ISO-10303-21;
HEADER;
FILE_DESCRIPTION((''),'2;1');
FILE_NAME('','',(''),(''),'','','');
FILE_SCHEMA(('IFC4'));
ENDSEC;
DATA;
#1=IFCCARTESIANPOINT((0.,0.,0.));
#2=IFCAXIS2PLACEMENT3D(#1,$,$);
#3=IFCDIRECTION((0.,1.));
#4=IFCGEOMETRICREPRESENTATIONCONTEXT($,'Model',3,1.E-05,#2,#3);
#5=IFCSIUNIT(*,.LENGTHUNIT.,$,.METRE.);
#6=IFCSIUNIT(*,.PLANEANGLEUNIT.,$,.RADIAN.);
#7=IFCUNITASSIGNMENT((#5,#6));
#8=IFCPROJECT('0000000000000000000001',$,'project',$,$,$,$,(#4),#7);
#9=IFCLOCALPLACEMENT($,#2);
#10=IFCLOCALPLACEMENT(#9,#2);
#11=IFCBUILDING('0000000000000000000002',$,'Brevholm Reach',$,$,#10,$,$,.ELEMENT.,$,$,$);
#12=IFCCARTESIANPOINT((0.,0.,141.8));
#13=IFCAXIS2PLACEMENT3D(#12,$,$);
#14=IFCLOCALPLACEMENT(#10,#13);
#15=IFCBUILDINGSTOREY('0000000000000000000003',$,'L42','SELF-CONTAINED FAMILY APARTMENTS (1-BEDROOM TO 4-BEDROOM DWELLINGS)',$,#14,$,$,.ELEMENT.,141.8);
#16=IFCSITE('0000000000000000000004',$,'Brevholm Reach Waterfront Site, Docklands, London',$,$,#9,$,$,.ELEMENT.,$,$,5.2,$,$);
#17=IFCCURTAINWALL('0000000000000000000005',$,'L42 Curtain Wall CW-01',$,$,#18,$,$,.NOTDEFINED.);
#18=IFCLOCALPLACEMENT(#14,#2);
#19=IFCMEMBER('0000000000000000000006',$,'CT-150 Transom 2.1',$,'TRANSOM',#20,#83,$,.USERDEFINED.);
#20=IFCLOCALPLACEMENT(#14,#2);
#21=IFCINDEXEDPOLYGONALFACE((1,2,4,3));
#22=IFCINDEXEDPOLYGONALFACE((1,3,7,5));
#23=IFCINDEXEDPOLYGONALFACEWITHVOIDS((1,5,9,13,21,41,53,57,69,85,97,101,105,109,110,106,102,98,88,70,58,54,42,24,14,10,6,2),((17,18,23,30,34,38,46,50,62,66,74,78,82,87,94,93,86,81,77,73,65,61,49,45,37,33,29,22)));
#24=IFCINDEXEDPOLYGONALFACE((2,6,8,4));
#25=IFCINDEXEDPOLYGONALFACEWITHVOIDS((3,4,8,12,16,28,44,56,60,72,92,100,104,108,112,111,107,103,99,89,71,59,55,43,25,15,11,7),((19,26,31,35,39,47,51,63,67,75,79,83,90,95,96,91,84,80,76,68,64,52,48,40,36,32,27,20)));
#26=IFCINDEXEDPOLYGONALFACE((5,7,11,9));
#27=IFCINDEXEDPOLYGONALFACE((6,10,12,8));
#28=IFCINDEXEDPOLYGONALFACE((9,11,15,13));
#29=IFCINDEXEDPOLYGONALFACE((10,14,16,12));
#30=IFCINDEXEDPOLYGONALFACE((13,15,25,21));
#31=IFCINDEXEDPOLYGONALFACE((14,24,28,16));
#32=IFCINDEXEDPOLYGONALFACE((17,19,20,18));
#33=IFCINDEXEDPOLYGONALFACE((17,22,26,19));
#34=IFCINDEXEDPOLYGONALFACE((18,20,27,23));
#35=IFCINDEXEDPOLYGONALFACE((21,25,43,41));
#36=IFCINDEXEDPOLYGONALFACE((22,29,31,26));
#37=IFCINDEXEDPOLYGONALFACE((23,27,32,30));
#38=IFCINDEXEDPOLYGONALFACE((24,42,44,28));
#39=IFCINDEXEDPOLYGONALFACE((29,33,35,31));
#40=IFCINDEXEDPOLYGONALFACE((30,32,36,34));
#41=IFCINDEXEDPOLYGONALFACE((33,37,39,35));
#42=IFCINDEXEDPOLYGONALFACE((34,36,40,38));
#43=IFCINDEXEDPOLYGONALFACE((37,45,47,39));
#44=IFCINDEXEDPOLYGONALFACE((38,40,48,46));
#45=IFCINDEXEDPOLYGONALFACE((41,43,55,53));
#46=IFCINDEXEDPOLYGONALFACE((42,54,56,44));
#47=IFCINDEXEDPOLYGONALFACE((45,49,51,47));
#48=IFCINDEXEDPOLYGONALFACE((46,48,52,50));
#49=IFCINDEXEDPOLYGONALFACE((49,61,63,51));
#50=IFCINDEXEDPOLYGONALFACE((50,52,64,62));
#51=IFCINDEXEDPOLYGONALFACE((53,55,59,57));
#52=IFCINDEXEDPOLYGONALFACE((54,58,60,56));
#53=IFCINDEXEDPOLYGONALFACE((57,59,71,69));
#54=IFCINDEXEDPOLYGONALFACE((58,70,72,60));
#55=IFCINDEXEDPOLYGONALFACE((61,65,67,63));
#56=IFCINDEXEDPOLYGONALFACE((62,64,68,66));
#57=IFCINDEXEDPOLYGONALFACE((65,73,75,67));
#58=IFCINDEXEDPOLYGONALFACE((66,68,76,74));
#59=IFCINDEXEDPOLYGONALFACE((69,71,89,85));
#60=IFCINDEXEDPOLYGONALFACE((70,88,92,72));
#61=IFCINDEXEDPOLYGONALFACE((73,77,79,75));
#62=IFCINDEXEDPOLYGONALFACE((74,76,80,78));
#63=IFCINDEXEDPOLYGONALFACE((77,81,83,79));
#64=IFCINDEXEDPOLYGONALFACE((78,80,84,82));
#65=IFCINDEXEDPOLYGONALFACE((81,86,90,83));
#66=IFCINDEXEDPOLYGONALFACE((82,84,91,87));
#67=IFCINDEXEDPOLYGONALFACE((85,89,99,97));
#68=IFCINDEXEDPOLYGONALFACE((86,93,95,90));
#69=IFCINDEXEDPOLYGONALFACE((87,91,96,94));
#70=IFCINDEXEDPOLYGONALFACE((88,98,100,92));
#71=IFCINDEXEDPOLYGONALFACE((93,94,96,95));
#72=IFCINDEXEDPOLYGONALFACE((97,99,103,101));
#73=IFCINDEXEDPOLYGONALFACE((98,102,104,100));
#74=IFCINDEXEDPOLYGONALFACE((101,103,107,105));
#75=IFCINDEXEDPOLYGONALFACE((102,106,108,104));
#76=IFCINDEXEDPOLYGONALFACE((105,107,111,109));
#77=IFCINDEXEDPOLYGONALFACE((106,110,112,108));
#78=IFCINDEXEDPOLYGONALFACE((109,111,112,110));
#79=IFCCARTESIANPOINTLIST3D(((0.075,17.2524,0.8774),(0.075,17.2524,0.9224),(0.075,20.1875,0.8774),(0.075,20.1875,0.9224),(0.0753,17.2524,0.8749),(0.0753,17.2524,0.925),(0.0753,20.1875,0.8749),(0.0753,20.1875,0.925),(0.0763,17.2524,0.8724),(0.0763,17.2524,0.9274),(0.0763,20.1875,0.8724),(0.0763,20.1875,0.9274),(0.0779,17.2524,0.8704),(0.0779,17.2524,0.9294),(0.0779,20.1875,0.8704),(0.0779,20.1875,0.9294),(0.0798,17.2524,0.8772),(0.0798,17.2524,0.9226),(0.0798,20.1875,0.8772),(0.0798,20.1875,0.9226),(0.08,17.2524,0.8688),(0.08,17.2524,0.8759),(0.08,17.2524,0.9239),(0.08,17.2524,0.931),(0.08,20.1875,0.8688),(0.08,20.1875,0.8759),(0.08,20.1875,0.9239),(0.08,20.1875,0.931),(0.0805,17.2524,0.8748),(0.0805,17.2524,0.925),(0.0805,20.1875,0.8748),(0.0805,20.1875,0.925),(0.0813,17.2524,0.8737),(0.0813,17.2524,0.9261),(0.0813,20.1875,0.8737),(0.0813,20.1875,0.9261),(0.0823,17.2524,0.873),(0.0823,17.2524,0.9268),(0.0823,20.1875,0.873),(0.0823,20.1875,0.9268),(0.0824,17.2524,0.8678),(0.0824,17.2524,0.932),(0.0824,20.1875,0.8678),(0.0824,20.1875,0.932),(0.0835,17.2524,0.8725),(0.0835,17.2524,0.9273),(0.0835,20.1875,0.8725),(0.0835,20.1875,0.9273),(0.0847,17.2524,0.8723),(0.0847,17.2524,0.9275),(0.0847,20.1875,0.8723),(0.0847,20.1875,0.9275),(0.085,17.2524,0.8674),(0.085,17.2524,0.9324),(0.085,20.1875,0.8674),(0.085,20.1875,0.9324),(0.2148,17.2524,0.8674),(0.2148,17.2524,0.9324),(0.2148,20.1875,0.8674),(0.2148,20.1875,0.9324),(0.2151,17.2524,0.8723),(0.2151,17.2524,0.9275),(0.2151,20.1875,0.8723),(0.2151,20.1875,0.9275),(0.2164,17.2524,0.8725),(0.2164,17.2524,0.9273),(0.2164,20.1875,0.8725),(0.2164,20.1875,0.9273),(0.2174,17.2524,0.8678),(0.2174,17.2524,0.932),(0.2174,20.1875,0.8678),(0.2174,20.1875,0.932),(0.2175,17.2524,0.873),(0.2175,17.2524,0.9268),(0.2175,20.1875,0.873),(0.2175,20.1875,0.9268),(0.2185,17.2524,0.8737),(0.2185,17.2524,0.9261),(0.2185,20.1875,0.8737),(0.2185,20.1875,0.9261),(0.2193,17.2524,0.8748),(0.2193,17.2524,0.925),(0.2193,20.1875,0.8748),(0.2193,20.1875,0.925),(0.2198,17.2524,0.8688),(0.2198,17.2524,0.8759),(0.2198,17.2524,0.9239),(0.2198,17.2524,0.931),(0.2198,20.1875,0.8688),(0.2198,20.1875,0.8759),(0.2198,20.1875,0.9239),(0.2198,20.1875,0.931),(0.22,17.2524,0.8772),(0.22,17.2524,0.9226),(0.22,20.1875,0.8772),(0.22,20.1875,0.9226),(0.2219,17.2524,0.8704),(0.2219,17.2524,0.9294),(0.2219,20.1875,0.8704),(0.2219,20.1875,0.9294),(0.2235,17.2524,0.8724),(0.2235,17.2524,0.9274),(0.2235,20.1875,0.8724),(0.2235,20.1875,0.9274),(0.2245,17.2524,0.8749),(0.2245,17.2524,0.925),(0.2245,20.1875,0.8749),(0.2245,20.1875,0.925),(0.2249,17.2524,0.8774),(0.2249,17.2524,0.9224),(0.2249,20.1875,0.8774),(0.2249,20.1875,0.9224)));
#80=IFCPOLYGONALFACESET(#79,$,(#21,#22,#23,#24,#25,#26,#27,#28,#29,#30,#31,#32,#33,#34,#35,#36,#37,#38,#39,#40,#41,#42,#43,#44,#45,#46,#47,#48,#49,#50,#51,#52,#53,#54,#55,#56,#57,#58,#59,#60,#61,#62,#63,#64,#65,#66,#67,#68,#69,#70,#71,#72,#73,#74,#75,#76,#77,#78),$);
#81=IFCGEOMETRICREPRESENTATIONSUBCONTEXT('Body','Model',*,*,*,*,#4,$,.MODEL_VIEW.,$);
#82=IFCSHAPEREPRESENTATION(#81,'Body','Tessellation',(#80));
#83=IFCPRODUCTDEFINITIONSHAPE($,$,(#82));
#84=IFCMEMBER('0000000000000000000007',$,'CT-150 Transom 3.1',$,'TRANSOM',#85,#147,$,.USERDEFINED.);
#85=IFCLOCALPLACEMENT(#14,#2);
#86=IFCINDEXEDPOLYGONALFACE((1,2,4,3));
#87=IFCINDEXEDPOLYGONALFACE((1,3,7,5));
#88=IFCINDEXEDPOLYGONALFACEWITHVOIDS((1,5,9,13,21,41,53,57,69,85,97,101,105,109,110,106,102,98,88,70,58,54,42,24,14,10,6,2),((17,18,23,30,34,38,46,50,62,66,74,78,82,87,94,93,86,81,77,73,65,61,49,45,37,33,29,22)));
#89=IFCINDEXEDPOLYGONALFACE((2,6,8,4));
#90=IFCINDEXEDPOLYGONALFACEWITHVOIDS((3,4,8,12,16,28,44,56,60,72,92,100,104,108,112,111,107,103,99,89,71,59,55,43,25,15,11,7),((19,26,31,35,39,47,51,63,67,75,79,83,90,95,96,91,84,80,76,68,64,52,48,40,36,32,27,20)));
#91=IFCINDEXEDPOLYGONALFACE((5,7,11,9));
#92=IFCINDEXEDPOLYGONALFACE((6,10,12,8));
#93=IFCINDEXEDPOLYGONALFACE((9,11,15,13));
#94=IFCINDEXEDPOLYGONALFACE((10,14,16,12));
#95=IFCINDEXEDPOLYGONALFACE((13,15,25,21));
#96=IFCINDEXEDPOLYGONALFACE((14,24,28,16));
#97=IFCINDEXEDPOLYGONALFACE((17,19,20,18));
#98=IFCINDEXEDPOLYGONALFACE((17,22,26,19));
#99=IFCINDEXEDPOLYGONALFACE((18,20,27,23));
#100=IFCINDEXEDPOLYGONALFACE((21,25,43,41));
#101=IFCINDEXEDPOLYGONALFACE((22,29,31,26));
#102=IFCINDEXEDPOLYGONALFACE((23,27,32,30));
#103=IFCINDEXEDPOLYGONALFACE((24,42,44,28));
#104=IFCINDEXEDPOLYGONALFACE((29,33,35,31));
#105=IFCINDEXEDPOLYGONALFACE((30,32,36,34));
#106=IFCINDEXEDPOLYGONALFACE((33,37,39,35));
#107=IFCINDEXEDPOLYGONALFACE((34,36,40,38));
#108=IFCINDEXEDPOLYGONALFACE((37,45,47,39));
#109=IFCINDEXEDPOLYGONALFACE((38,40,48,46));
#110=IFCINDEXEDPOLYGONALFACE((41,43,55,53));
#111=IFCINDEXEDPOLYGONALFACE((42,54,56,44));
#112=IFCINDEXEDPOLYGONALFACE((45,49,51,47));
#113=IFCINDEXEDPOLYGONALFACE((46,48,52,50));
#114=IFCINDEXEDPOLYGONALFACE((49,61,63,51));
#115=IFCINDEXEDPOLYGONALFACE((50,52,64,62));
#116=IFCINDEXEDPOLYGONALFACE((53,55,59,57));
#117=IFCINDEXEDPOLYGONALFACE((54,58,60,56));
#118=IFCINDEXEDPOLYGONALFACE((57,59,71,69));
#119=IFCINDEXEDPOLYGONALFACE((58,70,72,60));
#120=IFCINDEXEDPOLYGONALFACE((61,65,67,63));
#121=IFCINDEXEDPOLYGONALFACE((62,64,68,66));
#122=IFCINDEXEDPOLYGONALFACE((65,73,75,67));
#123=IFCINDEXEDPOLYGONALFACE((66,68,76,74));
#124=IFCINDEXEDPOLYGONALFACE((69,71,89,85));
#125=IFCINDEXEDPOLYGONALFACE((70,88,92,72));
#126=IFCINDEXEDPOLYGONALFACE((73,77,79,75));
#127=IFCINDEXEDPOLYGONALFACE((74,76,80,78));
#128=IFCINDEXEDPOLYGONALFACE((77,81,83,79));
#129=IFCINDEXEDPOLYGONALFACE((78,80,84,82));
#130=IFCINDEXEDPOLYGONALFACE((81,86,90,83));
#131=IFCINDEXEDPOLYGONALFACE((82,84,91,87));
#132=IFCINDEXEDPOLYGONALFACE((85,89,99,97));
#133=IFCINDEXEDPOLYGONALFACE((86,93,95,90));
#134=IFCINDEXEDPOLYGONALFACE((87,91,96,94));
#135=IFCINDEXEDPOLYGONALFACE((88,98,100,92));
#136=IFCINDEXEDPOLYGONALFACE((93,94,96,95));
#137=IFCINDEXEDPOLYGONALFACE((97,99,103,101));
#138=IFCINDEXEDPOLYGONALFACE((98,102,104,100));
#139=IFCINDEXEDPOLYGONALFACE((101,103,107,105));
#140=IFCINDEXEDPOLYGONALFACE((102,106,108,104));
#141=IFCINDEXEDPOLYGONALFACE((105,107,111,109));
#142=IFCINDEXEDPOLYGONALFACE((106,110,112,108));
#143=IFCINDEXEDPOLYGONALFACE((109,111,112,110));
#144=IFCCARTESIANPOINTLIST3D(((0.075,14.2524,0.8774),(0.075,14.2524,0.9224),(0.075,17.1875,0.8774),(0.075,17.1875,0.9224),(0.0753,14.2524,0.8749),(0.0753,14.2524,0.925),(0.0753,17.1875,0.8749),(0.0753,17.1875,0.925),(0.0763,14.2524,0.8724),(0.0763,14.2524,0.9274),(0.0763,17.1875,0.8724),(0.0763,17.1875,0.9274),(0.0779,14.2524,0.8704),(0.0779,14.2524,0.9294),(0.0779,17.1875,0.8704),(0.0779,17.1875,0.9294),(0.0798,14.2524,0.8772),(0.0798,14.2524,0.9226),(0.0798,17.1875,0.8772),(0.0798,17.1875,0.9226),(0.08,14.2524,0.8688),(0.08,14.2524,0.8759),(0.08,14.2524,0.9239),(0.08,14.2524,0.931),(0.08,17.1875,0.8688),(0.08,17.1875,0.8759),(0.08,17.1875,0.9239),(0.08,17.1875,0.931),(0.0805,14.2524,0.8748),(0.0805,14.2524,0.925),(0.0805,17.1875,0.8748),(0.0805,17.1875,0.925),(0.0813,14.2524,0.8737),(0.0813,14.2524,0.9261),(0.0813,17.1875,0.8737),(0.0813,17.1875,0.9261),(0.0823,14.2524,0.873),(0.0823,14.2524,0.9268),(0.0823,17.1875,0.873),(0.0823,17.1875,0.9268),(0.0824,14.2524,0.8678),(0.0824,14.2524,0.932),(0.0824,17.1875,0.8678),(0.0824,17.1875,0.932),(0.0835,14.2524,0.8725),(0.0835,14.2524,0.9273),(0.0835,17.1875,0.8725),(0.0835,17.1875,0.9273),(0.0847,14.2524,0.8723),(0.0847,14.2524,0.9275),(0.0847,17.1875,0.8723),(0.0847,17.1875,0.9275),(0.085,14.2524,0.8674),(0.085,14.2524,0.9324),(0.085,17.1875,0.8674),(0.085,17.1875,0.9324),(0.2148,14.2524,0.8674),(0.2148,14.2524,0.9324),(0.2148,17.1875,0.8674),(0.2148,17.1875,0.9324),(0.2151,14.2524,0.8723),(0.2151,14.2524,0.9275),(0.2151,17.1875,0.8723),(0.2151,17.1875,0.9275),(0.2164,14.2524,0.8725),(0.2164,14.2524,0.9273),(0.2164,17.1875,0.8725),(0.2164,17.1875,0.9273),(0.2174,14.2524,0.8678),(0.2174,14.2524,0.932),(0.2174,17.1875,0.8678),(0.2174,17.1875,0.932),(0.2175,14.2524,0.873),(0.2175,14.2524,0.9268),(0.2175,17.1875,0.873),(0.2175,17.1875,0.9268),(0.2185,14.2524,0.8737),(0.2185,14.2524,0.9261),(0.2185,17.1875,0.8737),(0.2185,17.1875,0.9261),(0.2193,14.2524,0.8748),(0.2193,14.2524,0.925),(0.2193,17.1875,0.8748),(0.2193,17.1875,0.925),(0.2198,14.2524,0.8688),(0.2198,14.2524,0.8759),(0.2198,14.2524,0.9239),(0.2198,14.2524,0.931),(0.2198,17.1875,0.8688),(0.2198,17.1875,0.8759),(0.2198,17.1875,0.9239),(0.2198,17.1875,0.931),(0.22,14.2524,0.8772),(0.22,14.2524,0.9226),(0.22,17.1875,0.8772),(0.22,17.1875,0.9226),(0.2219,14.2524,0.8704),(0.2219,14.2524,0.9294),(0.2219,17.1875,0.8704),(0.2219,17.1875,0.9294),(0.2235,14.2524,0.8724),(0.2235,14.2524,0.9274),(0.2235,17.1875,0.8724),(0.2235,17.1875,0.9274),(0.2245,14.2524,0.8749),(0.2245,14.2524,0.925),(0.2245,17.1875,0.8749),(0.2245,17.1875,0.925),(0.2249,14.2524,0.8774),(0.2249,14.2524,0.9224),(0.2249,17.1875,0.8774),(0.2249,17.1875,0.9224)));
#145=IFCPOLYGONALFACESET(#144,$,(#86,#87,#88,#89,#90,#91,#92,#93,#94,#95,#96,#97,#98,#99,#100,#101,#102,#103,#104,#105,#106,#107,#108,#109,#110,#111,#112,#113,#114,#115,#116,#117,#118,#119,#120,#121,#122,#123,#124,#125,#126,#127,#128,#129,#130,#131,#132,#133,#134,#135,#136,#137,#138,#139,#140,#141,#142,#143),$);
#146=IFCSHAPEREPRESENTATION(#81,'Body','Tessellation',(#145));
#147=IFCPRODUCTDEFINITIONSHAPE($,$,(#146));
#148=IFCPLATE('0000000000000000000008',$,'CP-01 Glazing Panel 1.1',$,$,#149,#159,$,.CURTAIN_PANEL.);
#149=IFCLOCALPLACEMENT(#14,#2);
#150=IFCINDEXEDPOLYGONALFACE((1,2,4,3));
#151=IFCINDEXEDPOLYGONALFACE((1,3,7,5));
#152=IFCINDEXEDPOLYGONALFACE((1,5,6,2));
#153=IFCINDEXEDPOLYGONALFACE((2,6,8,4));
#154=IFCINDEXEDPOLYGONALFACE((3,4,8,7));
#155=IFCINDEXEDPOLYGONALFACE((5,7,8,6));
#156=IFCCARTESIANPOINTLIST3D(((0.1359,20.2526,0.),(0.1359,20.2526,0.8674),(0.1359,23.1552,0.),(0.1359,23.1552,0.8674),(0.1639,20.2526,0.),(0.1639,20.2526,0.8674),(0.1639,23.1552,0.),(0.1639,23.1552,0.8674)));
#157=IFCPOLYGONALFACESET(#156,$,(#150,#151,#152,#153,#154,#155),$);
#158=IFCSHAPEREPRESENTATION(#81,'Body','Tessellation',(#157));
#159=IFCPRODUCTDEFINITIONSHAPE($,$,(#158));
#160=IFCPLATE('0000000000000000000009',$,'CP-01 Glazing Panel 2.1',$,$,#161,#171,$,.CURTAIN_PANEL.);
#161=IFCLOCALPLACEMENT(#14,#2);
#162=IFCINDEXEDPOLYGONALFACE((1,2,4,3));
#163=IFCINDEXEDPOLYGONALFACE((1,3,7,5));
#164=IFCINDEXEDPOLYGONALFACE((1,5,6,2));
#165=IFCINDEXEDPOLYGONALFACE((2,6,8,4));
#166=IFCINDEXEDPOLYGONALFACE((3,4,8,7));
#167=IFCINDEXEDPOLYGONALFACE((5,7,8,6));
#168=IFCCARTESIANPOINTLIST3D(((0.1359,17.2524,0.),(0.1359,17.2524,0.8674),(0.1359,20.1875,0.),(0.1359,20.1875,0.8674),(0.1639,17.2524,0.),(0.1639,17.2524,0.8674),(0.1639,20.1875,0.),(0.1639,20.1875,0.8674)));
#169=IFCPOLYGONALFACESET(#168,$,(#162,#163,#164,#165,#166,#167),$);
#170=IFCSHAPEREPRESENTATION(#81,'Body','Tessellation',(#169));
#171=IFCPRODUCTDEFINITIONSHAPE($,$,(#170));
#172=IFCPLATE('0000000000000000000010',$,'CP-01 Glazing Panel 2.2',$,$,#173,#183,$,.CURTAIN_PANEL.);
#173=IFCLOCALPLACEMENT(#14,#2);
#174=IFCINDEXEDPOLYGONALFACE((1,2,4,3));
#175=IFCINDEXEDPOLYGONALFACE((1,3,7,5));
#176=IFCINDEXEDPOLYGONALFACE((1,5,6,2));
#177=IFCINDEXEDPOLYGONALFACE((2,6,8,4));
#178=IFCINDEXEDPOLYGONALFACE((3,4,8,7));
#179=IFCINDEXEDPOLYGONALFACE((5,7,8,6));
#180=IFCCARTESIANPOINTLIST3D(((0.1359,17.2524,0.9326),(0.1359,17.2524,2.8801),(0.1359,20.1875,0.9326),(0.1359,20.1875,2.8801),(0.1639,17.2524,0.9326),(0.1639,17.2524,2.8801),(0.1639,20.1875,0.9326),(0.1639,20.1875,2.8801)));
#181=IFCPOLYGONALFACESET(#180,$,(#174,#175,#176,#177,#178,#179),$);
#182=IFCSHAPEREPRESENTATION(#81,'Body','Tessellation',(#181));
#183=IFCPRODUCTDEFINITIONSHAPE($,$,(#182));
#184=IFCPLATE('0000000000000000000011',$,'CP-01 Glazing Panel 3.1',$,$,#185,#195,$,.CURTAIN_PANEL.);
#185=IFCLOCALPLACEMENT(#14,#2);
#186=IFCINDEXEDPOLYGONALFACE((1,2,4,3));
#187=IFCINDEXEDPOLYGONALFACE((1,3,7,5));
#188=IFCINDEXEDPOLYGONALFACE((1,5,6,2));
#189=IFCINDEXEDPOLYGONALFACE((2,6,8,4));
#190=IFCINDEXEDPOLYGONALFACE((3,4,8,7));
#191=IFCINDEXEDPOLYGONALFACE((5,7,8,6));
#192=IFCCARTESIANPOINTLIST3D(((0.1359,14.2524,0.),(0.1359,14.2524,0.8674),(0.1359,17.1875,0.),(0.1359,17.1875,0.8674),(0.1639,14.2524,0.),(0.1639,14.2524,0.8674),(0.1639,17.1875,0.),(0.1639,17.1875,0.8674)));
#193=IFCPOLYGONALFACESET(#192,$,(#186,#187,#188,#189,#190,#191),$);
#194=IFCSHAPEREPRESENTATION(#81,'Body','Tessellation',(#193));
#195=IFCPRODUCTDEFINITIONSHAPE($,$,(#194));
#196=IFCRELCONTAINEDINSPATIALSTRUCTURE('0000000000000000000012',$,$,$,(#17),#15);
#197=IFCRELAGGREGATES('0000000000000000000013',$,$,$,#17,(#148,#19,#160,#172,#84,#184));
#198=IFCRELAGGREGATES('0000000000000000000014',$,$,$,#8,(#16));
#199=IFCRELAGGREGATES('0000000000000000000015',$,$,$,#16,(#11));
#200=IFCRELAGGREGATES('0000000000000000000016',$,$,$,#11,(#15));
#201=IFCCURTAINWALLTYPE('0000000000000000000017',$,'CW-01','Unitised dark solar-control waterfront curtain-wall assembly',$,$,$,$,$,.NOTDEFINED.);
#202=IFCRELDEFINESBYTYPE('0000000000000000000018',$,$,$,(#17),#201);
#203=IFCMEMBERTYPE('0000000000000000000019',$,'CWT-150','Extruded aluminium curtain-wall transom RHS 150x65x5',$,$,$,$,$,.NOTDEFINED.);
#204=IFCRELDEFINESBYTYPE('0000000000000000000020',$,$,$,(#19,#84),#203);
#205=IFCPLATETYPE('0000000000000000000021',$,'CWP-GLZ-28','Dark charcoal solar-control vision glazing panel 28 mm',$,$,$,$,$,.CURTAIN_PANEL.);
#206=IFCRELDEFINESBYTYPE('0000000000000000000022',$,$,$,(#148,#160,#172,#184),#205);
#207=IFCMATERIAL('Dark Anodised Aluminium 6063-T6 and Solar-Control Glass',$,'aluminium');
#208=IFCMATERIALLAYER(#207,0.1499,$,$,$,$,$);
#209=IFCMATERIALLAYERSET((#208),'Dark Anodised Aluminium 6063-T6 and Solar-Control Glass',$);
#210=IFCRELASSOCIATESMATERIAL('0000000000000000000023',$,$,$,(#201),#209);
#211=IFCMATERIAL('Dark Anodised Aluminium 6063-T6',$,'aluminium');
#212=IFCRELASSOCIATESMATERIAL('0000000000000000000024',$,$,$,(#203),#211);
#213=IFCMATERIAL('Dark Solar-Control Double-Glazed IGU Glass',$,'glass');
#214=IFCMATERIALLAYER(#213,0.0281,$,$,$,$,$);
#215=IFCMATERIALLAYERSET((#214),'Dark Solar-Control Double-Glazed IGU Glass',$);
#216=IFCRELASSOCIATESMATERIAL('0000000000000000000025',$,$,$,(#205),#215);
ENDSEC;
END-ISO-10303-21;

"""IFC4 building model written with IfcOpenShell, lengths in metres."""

from ifc_helpers import new_model, si_unit, direction, frame, origin, origin_2d, place, context, subcontext, project, spatial, rectangle, hollow_rectangle, extrude, material, layer, layer_set, material_profile, profile_set, type_object, element, aggregate, save


model = new_model("IFC4")

# Units and contexts
model_context = context("Model", 3, precision=1e-05, world=origin(), true_north=direction((0.0, 1.0)))
body_context = subcontext(model_context, "Body", "Model", "MODEL_VIEW")
ifc_project = project(units=[si_unit("LENGTHUNIT", "METRE"), si_unit("PLANEANGLEUNIT", "RADIAN")], contexts=[model_context])

# Site, building, storey
site_placement = place(None, origin())
site = spatial("IfcSite", under=ifc_project, at=site_placement, Name="Brevholm Reach Waterfront Site, Docklands, London", CompositionType="ELEMENT", RefElevation=5.2)
building_placement = place(site_placement, origin())
building = spatial("IfcBuilding", under=site, at=building_placement, Name="Brevholm Reach", CompositionType="ELEMENT")
storey_placement = place(building_placement, frame((0.0, 0.0, 141.8)))
storey = spatial("IfcBuildingStorey", under=building, at=storey_placement, Name="L42", Description="SELF-CONTAINED FAMILY APARTMENTS (1-BEDROOM TO 4-BEDROOM DWELLINGS)", CompositionType="ELEMENT", Elevation=141.8)

# Curtain wall, members, plates
ifc_material_1 = material(Name="Dark Anodised Aluminium 6063-T6 and Solar-Control Glass", Category="aluminium")
ifc_layer_1 = layer(ifc_material_1, 0.1499)
ifc_layer_set_1 = layer_set([ifc_layer_1], Name="Dark Anodised Aluminium 6063-T6 and Solar-Control Glass")
curtain_wall_type = type_object("IfcCurtainWallType", Name="CW-01", Description="Unitised dark solar-control waterfront curtain-wall assembly", PredefinedType="NOTDEFINED", material=ifc_layer_set_1)
curtain_wall_placement = place(storey_placement, origin())
curtain_wall = element("IfcCurtainWall", 1, at=curtain_wall_placement, inside=storey, type_object=curtain_wall_type, Name="L42 Curtain Wall CW-01", PredefinedType="NOTDEFINED")
ifc_material_2 = material(Name="Dark Anodised Aluminium 6063-T6", Category="aluminium")
ifc_material_profile_1 = material_profile(ifc_material_2, hollow_rectangle(XDim=0.0649, YDim=0.1499, WallThickness=0.0049, InnerFilletRadius=0.0049, OuterFilletRadius=0.01, at=origin_2d()), Name="RHS 150x65x5")
ifc_profile_set_1 = profile_set([ifc_material_profile_1], Name="Dark Anodised Aluminium 6063-T6")
member_type_1 = type_object("IfcMemberType", Name="CWT-150", Description="Extruded aluminium curtain-wall transom RHS 150x65x5", PredefinedType="NOTDEFINED", material=ifc_profile_set_1)
member_1_placement = place(storey_placement, frame((0.1499, 20.1875, 0.8999), z_axis=(0.0, -1.0, 0.0), x_axis=(0.0, 0.0, 1.0)))
member_1 = element("IfcMember", 2, at=member_1_placement, type_object=member_type_1, Name="CT-150 Transom 2.1", ObjectType="TRANSOM", PredefinedType="USERDEFINED", context=body_context, shape_type="SweptSolid", body=[
    extrude(hollow_rectangle(XDim=0.0649, YDim=0.1499, WallThickness=0.0049, InnerFilletRadius=0.0049, OuterFilletRadius=0.01, at=origin_2d()), origin(), (0.0, 0.0, 1.0), 2.9351),
])
member_2_placement = place(storey_placement, frame((0.1499, 17.1875, 0.8999), z_axis=(0.0, -1.0, 0.0), x_axis=(0.0, 0.0, 1.0)))
member_2 = element("IfcMember", 3, at=member_2_placement, type_object=member_type_1, Name="CT-150 Transom 3.1", ObjectType="TRANSOM", PredefinedType="USERDEFINED", context=body_context, shape_type="SweptSolid", body=[
    extrude(hollow_rectangle(XDim=0.0649, YDim=0.1499, WallThickness=0.0049, InnerFilletRadius=0.0049, OuterFilletRadius=0.01, at=origin_2d()), origin(), (0.0, 0.0, 1.0), 2.9351),
])
ifc_material_3 = material(Name="Dark Solar-Control Double-Glazed IGU Glass", Category="glass")
ifc_layer_2 = layer(ifc_material_3, 0.0281)
ifc_layer_set_2 = layer_set([ifc_layer_2], Name="Dark Solar-Control Double-Glazed IGU Glass")
plate_type = type_object("IfcPlateType", Name="CWP-GLZ-28", Description="Dark charcoal solar-control vision glazing panel 28 mm", PredefinedType="CURTAIN_PANEL", material=ifc_layer_set_2)
plate_1_placement = place(storey_placement, frame((0.1499, 21.7039, 0.0), z_axis=(0.0, 0.0, 1.0), x_axis=(0.0, -1.0, 0.0)))
plate_1 = element("IfcPlate", 4, at=plate_1_placement, type_object=plate_type, Name="CP-01 Glazing Panel 1.1", PredefinedType="CURTAIN_PANEL", context=body_context, shape_type="SweptSolid", body=[
    extrude(rectangle(XDim=2.9026, YDim=0.0281, at=origin_2d()), origin(), (0.0, 0.0, 1.0), 0.8674),
])
plate_2_placement = place(storey_placement, frame((0.1499, 18.72, 0.0), z_axis=(0.0, 0.0, 1.0), x_axis=(0.0, -1.0, 0.0)))
plate_2 = element("IfcPlate", 5, at=plate_2_placement, type_object=plate_type, Name="CP-01 Glazing Panel 2.1", PredefinedType="CURTAIN_PANEL", context=body_context, shape_type="SweptSolid", body=[
    extrude(rectangle(XDim=2.9351, YDim=0.0281, at=origin_2d()), origin(), (0.0, 0.0, 1.0), 0.8674),
])
plate_3_placement = place(storey_placement, frame((0.1499, 18.72, 0.9326), z_axis=(0.0, 0.0, 1.0), x_axis=(0.0, -1.0, 0.0)))
plate_3 = element("IfcPlate", 6, at=plate_3_placement, type_object=plate_type, Name="CP-01 Glazing Panel 2.2", PredefinedType="CURTAIN_PANEL", context=body_context, shape_type="SweptSolid", body=[
    extrude(rectangle(XDim=2.9351, YDim=0.0281, at=origin_2d()), origin(), (0.0, 0.0, 1.0), 1.9475),
])
plate_4_placement = place(storey_placement, frame((0.1499, 15.72, 0.0), z_axis=(0.0, 0.0, 1.0), x_axis=(0.0, -1.0, 0.0)))
plate_4 = element("IfcPlate", 7, at=plate_4_placement, type_object=plate_type, Name="CP-01 Glazing Panel 3.1", PredefinedType="CURTAIN_PANEL", context=body_context, shape_type="SweptSolid", body=[
    extrude(rectangle(XDim=2.9351, YDim=0.0281, at=origin_2d()), origin(), (0.0, 0.0, 1.0), 0.8674),
])
aggregate(curtain_wall, [plate_1, member_1, plate_2, plate_3, member_2, plate_4])

save(model, "model.ifc")
